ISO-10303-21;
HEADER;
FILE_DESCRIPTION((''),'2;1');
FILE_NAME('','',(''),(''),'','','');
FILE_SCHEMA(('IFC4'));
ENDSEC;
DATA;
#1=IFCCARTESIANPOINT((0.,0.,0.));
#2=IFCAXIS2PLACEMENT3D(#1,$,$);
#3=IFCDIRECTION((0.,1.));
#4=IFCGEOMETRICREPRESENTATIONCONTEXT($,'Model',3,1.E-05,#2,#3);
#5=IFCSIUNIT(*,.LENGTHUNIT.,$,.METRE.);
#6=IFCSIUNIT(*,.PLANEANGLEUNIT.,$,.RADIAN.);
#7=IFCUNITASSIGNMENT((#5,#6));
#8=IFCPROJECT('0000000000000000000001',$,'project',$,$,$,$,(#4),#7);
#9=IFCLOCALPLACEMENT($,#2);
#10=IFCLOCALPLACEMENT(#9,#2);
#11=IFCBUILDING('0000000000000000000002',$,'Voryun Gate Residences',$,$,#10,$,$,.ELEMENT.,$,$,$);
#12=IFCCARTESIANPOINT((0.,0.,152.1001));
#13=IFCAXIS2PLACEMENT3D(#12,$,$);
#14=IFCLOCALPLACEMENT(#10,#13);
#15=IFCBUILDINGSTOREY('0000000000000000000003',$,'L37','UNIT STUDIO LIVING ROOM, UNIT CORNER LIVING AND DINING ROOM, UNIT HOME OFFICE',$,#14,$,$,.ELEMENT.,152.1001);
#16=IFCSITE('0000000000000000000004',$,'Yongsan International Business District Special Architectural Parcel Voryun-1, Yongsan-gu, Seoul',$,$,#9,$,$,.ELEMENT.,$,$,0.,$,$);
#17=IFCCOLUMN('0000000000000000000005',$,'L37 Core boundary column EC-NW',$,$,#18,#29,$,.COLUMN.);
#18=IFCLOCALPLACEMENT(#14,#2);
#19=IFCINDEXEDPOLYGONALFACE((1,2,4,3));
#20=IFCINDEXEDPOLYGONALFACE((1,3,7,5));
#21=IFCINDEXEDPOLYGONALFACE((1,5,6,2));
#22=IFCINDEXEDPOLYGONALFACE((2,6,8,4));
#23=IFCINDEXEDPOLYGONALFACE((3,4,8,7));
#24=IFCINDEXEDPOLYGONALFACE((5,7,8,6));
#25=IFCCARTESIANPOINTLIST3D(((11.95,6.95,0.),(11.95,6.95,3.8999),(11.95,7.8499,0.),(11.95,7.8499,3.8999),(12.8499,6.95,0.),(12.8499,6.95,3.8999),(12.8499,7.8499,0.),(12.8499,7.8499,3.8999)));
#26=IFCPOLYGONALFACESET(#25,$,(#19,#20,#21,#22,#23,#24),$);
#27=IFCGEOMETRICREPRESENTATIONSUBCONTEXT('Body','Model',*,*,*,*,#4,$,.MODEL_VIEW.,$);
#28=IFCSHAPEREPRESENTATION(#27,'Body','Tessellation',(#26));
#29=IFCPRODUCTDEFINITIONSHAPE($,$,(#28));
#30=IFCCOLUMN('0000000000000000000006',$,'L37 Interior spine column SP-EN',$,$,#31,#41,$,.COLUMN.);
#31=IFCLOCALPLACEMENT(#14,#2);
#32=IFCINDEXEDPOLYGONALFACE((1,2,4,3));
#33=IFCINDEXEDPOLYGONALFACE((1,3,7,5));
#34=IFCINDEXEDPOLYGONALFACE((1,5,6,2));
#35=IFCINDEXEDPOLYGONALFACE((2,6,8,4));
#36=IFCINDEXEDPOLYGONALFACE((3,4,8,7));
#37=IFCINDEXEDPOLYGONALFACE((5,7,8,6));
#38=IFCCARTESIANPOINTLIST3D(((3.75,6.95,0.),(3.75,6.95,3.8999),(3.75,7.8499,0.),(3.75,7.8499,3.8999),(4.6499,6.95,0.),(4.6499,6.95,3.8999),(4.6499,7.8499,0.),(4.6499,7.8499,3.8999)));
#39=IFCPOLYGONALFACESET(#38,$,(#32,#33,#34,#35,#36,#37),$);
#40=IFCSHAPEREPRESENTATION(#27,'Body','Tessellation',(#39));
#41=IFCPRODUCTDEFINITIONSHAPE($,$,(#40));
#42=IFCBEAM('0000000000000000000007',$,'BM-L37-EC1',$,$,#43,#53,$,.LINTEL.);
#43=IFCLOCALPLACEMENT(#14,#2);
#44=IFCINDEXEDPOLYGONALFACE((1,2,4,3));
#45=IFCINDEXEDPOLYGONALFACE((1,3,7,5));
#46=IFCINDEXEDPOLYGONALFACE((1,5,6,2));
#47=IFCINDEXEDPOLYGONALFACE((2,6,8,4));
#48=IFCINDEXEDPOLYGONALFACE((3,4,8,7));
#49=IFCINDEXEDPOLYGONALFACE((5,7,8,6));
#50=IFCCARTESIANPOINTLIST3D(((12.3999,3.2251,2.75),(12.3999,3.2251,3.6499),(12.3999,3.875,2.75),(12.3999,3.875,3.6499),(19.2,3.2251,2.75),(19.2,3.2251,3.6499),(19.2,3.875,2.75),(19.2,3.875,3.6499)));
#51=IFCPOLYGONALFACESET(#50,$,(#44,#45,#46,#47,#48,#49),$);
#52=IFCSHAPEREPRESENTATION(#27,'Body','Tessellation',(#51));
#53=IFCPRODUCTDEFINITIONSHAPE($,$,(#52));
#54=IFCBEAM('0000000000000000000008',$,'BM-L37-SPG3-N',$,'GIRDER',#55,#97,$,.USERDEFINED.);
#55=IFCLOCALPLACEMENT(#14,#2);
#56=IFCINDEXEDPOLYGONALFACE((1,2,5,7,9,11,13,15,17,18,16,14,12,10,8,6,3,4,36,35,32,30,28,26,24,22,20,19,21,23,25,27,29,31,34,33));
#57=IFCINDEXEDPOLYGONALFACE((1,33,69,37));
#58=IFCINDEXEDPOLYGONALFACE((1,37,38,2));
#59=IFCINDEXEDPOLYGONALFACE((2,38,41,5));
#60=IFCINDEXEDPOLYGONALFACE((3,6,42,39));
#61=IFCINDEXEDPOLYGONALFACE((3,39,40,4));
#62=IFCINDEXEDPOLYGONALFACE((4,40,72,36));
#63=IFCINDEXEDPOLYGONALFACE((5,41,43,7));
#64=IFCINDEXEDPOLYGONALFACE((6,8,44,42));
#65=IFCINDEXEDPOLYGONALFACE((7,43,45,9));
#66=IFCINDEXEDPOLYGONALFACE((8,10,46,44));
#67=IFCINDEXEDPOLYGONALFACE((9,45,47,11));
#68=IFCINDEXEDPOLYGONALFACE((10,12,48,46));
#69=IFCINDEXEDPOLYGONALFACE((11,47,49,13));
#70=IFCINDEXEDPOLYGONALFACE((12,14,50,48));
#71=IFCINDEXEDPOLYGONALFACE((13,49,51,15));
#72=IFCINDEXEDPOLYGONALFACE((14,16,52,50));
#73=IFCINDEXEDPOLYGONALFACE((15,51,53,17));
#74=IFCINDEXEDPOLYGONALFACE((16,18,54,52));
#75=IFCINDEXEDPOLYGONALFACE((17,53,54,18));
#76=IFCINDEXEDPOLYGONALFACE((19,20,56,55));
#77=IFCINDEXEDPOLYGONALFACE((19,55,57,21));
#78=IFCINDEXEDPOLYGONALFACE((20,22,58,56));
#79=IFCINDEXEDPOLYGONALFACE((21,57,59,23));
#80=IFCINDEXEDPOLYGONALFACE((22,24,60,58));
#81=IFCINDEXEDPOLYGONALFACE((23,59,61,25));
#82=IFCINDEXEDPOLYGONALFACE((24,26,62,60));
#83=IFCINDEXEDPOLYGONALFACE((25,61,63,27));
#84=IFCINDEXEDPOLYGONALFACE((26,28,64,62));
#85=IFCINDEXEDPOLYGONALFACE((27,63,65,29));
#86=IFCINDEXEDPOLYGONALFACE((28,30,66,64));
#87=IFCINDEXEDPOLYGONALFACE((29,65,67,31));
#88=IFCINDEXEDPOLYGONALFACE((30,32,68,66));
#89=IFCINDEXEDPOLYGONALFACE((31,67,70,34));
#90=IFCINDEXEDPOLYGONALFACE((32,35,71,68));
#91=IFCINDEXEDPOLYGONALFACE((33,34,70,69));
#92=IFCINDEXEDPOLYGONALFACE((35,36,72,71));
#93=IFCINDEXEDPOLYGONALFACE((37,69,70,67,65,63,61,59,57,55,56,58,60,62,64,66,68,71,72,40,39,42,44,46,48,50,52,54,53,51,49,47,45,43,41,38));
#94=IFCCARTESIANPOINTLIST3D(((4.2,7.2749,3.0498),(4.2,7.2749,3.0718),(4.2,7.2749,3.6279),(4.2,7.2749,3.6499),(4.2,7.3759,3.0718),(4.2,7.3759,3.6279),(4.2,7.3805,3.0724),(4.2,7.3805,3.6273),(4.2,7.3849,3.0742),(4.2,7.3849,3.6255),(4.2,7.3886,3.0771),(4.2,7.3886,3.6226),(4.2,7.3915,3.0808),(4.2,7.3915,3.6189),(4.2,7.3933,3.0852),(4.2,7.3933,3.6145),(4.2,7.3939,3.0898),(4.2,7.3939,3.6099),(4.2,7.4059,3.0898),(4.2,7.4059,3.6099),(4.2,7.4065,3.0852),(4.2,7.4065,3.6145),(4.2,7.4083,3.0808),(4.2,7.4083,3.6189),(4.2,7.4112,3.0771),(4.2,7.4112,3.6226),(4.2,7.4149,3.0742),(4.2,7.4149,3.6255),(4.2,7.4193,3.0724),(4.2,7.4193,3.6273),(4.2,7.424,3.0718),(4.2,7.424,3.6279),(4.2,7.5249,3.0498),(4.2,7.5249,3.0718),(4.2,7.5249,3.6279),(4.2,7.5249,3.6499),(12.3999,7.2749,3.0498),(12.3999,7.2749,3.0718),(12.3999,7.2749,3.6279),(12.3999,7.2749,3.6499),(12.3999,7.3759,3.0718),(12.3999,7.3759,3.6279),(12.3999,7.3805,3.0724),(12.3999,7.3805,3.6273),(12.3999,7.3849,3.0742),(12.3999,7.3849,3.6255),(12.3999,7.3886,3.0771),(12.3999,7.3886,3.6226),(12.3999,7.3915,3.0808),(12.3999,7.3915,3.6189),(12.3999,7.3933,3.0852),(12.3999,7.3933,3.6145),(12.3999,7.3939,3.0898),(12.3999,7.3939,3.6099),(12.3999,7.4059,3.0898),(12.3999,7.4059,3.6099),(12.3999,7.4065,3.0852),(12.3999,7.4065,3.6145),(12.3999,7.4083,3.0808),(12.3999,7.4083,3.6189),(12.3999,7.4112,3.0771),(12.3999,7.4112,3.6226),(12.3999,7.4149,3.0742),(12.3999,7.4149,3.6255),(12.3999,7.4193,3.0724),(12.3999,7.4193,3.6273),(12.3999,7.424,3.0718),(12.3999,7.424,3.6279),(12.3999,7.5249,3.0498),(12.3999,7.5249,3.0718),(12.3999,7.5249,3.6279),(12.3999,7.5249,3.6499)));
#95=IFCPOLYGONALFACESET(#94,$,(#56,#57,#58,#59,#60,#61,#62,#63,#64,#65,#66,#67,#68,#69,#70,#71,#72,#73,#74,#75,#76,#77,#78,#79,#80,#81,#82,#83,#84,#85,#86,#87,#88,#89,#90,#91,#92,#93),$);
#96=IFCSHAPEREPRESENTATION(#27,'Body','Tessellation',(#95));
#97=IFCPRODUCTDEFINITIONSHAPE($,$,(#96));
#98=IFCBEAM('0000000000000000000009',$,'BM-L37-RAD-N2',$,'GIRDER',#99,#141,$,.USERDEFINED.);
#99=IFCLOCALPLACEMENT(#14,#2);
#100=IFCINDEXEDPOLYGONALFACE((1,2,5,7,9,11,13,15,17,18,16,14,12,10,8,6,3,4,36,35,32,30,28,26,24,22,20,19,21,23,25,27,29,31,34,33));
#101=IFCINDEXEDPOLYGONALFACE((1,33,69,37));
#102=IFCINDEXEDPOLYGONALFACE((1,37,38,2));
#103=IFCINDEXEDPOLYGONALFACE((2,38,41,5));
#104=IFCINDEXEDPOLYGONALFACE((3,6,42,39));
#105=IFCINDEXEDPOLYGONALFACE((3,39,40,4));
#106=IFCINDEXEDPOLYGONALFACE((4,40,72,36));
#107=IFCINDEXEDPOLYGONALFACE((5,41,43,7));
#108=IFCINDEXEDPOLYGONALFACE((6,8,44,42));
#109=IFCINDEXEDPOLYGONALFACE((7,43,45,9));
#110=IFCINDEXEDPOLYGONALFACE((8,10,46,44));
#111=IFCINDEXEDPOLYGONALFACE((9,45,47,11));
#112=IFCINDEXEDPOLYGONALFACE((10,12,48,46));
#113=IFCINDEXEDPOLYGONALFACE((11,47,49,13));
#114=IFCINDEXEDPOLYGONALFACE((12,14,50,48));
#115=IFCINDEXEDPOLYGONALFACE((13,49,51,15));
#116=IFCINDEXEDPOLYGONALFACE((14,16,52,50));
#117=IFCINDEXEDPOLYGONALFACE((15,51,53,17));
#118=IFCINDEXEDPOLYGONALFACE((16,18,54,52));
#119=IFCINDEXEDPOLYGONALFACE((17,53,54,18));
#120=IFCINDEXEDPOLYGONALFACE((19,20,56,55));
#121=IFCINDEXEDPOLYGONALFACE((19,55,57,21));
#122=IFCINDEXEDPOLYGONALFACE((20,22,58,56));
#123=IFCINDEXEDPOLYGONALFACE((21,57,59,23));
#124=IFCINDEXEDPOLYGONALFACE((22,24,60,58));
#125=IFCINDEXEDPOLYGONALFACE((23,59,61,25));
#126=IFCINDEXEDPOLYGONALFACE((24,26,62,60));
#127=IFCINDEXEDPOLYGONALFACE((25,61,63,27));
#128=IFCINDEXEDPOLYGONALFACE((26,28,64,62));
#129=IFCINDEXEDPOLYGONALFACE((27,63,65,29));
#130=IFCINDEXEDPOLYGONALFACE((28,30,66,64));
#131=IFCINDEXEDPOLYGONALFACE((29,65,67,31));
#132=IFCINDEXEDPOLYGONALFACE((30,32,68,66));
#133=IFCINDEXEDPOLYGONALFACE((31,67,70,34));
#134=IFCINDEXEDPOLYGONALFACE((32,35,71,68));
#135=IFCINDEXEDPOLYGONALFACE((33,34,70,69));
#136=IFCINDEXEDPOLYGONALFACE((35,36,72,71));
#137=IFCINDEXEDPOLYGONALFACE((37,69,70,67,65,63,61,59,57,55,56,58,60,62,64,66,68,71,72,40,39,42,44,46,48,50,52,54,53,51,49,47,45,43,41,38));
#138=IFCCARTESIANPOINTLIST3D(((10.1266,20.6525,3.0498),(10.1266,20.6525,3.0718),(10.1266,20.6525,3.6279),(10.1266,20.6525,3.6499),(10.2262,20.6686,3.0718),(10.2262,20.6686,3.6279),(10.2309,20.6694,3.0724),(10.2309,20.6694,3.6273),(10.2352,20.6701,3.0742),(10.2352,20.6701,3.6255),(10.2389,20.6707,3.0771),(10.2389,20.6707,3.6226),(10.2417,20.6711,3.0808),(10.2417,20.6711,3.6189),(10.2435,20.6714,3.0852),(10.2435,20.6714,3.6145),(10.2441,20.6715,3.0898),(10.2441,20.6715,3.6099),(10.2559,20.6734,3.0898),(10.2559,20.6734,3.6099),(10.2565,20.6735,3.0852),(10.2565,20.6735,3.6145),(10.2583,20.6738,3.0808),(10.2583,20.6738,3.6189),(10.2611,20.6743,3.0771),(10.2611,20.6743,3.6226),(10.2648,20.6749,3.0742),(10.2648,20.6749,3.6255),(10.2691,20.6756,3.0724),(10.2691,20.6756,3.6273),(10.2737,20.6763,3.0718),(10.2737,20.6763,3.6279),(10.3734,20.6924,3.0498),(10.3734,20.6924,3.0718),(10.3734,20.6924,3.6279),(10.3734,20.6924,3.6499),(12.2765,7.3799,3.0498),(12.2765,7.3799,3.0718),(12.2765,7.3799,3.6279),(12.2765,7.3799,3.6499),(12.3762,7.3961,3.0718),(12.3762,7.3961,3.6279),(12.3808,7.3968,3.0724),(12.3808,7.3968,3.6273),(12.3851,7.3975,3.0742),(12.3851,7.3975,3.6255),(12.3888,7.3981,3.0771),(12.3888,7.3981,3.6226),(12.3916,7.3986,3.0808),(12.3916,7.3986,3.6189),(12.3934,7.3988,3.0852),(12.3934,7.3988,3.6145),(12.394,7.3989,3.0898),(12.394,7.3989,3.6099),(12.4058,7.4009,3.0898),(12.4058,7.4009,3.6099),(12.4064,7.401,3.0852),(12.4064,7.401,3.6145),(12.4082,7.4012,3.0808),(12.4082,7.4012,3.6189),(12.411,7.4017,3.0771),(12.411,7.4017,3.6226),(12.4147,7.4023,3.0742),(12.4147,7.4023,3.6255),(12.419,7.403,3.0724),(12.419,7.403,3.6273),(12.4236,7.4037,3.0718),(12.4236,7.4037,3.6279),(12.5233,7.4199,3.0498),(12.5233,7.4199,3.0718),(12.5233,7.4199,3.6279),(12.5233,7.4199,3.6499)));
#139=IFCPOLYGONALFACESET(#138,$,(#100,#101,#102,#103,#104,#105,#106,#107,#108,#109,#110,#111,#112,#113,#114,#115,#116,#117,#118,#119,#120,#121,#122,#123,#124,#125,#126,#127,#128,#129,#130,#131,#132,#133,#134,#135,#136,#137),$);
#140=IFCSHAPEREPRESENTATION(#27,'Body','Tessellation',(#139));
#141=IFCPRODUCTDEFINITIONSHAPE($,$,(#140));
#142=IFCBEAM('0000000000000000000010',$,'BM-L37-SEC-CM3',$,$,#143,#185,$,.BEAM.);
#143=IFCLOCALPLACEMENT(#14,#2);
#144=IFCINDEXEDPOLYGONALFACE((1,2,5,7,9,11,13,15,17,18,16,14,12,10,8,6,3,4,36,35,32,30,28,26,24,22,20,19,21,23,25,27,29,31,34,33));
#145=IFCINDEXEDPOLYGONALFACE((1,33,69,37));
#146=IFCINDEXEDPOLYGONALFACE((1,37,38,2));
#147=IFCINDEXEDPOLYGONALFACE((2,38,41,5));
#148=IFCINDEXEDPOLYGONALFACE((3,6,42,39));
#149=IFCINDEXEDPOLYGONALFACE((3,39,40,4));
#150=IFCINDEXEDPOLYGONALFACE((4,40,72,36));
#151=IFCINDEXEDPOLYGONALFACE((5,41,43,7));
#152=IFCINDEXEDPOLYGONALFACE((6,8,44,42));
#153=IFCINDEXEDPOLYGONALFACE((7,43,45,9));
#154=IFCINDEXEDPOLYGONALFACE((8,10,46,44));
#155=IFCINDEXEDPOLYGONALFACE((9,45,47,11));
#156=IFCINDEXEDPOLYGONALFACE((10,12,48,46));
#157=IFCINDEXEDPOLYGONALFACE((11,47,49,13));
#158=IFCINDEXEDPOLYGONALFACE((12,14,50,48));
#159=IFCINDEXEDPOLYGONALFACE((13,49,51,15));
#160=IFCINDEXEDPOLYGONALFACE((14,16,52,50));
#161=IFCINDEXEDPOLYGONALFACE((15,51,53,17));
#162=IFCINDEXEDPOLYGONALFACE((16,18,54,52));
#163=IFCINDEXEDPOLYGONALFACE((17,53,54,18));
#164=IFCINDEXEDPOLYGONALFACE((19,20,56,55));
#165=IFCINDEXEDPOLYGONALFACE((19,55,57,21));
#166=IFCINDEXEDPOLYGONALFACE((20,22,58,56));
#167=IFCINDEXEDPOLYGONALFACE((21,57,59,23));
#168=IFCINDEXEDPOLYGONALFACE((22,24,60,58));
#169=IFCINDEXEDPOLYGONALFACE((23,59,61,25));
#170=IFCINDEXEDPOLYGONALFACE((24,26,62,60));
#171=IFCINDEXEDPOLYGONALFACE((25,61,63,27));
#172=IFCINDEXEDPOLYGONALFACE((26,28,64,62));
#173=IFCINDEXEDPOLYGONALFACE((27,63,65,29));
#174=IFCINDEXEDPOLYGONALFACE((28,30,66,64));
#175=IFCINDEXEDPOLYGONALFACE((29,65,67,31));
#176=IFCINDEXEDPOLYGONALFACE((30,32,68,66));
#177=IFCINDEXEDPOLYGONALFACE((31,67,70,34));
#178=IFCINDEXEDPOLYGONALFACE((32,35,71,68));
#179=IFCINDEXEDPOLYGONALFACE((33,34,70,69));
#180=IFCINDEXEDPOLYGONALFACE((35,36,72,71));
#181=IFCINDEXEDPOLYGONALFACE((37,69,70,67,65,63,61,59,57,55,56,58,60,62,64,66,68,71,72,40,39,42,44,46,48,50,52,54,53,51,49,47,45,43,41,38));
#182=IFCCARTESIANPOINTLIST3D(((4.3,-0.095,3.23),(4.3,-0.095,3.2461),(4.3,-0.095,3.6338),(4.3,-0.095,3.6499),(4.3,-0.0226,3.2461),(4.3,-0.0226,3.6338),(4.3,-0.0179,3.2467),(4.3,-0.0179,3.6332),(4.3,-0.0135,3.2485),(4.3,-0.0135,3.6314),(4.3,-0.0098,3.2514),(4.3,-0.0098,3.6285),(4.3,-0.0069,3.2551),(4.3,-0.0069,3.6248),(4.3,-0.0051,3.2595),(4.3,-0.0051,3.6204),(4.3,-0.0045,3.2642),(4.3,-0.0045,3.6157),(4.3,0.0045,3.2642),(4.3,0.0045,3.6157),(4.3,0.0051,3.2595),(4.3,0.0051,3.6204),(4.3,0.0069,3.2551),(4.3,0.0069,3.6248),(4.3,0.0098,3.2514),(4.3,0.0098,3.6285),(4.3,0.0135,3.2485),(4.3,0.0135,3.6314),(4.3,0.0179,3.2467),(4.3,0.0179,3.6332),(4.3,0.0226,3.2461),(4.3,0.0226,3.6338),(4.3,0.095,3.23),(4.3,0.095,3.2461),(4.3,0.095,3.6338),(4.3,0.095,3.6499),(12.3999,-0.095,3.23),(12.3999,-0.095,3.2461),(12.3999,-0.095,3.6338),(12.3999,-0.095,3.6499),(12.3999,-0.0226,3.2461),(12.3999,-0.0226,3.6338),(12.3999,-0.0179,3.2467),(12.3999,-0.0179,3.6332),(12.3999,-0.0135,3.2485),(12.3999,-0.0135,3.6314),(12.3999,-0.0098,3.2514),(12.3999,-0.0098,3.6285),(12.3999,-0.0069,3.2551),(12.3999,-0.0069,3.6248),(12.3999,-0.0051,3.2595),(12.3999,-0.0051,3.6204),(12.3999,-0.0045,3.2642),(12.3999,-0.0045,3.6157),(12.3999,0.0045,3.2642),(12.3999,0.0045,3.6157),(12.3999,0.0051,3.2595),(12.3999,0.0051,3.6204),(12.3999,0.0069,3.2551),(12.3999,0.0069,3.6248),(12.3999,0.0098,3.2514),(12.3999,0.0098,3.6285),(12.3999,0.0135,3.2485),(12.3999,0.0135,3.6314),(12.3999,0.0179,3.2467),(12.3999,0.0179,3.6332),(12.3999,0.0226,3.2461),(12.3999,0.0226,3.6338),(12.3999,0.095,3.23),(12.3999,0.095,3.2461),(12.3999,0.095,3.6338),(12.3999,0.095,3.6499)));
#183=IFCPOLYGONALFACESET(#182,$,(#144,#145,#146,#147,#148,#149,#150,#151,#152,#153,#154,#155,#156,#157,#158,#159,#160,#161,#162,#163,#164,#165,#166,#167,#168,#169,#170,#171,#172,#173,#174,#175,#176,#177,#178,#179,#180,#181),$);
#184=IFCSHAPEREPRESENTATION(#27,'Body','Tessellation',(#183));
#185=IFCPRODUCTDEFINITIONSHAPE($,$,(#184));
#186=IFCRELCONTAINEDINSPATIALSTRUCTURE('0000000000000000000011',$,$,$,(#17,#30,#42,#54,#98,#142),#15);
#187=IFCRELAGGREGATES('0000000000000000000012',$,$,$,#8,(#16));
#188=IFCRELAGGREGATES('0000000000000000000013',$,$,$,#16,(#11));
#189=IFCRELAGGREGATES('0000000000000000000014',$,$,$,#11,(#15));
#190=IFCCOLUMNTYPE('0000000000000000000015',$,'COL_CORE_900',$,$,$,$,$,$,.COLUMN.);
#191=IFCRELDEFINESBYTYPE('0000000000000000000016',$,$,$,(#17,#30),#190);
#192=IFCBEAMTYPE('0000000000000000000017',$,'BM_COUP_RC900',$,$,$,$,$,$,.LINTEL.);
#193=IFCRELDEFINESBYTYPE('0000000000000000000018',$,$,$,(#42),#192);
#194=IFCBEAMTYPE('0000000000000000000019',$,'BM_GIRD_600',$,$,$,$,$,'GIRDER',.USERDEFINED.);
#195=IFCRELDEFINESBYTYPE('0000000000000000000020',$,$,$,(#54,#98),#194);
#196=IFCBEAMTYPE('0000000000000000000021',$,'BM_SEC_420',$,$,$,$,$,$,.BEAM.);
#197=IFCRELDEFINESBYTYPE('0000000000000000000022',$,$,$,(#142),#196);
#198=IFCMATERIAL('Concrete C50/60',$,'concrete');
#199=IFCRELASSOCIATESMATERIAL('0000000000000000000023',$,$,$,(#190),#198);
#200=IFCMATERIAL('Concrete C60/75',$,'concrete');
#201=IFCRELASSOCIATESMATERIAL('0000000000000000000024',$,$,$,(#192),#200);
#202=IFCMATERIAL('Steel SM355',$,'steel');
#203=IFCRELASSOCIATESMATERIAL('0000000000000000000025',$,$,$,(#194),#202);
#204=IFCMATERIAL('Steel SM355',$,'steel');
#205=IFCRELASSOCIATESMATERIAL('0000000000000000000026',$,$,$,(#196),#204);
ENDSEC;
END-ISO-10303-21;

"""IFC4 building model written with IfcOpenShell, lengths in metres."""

from ifc_helpers import new_model, si_unit, direction, frame, origin, origin_2d, place, context, subcontext, project, spatial, rectangle, i_section, extrude, material, material_profile, profile_set, type_object, element, save


model = new_model("IFC4")

# Units and contexts
model_context = context("Model", 3, precision=1e-05, world=origin(), true_north=direction((0.0, 1.0)))
body_context = subcontext(model_context, "Body", "Model", "MODEL_VIEW")
ifc_project = project(units=[si_unit("LENGTHUNIT", "METRE"), si_unit("PLANEANGLEUNIT", "RADIAN")], contexts=[model_context])

# Site, building, storey
site_placement = place(None, origin())
site = spatial("IfcSite", under=ifc_project, at=site_placement, Name="Yongsan International Business District Special Architectural Parcel Voryun-1, Yongsan-gu, Seoul", CompositionType="ELEMENT", RefElevation=0.0)
building_placement = place(site_placement, origin())
building = spatial("IfcBuilding", under=site, at=building_placement, Name="Voryun Gate Residences", CompositionType="ELEMENT")
storey_placement = place(building_placement, frame((0.0, 0.0, 152.1001)))
storey = spatial("IfcBuildingStorey", under=building, at=storey_placement, Name="L37", Description="UNIT STUDIO LIVING ROOM, UNIT CORNER LIVING AND DINING ROOM, UNIT HOME OFFICE", CompositionType="ELEMENT", Elevation=152.1001)

# Columns
ifc_material_1 = material(Name="Concrete C50/60", Category="concrete")
ifc_material_profile_1 = material_profile(ifc_material_1, rectangle(XDim=0.8999, YDim=0.8999, at=origin_2d()), Name="RC-900x900")
ifc_profile_set_1 = profile_set([ifc_material_profile_1], Name="Concrete C50/60")
column_type = type_object("IfcColumnType", Name="COL_CORE_900", PredefinedType="COLUMN", material=ifc_profile_set_1)
for number, where, z_axis, x_axis, name in (
    (1, (12.3999, 7.3999, 0.0), (0.0, 0.0, 1.0), (1.0, 0.0, 0.0), "L37 Core boundary column EC-NW"),
    (2, (4.2, 7.3999, 0.0), (0.0, 0.0, 1.0), (1.0, 0.0, 0.0), "L37 Interior spine column SP-EN"),
):
    element("IfcColumn", number, at=place(storey_placement, frame(where, z_axis=z_axis, x_axis=x_axis)), inside=storey, type_object=column_type, Name=name, PredefinedType="COLUMN", context=body_context, shape_type="SweptSolid", body=[
        extrude(rectangle(XDim=0.8999, YDim=0.8999, at=origin_2d()), origin(), (0.0, 0.0, 1.0), 3.8999),
    ])

# Beams
ifc_material_2 = material(Name="Concrete C60/75", Category="concrete")
ifc_material_profile_2 = material_profile(ifc_material_2, rectangle(XDim=0.6499, YDim=0.8999, at=origin_2d()), Name="RC-650x900")
ifc_profile_set_2 = profile_set([ifc_material_profile_2], Name="Concrete C60/75")
beam_type_1 = type_object("IfcBeamType", Name="BM_COUP_RC900", PredefinedType="LINTEL", material=ifc_profile_set_2)
beam_1_placement = place(storey_placement, frame((12.3999, 3.55, 3.2), z_axis=(1.0, 0.0, 0.0), x_axis=(0.0, 1.0, 0.0)))
element("IfcBeam", 3, at=beam_1_placement, inside=storey, type_object=beam_type_1, Name="BM-L37-EC1", PredefinedType="LINTEL", context=body_context, shape_type="SweptSolid", body=[
    extrude(rectangle(XDim=0.6499, YDim=0.8999, at=origin_2d()), origin(), (0.0, 0.0, 1.0), 6.8),
])
ifc_material_3 = material(Name="Steel SM355", Category="steel")
ifc_material_profile_3 = material_profile(ifc_material_3, i_section(OverallWidth=0.25, OverallDepth=0.6001, WebThickness=0.012, FlangeThickness=0.022, FilletRadius=0.0181, at=origin_2d()), Name="H-600x250x12x22")
ifc_profile_set_3 = profile_set([ifc_material_profile_3], Name="Steel SM355")
beam_type_2 = type_object("IfcBeamType", Name="BM_GIRD_600", ElementType="GIRDER", PredefinedType="USERDEFINED", material=ifc_profile_set_3)
beam_2_placement = place(storey_placement, frame((4.2, 7.3999, 3.3499), z_axis=(1.0, 0.0, 0.0), x_axis=(0.0, 1.0, 0.0)))
element("IfcBeam", 4, at=beam_2_placement, inside=storey, type_object=beam_type_2, Name="BM-L37-SPG3-N", ObjectType="GIRDER", PredefinedType="USERDEFINED", context=body_context, shape_type="SweptSolid", body=[
    extrude(i_section(OverallWidth=0.25, OverallDepth=0.6001, WebThickness=0.012, FlangeThickness=0.022, FilletRadius=0.0181, at=origin_2d()), origin(), (0.0, 0.0, 1.0), 8.2),
])
beam_3_placement = place(storey_placement, frame((12.3999, 7.3999, 3.3499), z_axis=(-0.159898, 0.987134, 0.0), x_axis=(-0.987134, -0.159898, 0.0)))
element("IfcBeam", 5, at=beam_3_placement, inside=storey, type_object=beam_type_2, Name="BM-L37-RAD-N2", ObjectType="GIRDER", PredefinedType="USERDEFINED", context=body_context, shape_type="SweptSolid", body=[
    extrude(i_section(OverallWidth=0.25, OverallDepth=0.6001, WebThickness=0.012, FlangeThickness=0.022, FilletRadius=0.0181, at=origin_2d()), origin(), (0.0, 0.0, 1.0), 13.4456),
])
ifc_material_4 = material(Name="Steel SM355", Category="steel")
ifc_material_profile_4 = material_profile(ifc_material_4, i_section(OverallWidth=0.1899, OverallDepth=0.4199, WebThickness=0.009, FlangeThickness=0.0161, FilletRadius=0.0181, at=origin_2d()), Name="H-420x190x9x16")
ifc_profile_set_4 = profile_set([ifc_material_profile_4], Name="Steel SM355")
beam_type_3 = type_object("IfcBeamType", Name="BM_SEC_420", PredefinedType="BEAM", material=ifc_profile_set_4)
beam_4_placement = place(storey_placement, frame((4.3, 0.0, 3.4399), z_axis=(1.0, 0.0, 0.0), x_axis=(0.0, 1.0, 0.0)))
element("IfcBeam", 6, at=beam_4_placement, inside=storey, type_object=beam_type_3, Name="BM-L37-SEC-CM3", PredefinedType="BEAM", context=body_context, shape_type="SweptSolid", body=[
    extrude(i_section(OverallWidth=0.1899, OverallDepth=0.4199, WebThickness=0.009, FlangeThickness=0.0161, FilletRadius=0.0181, at=origin_2d()), origin(), (0.0, 0.0, 1.0), 8.0999),
])

save(model, "model.ifc")
